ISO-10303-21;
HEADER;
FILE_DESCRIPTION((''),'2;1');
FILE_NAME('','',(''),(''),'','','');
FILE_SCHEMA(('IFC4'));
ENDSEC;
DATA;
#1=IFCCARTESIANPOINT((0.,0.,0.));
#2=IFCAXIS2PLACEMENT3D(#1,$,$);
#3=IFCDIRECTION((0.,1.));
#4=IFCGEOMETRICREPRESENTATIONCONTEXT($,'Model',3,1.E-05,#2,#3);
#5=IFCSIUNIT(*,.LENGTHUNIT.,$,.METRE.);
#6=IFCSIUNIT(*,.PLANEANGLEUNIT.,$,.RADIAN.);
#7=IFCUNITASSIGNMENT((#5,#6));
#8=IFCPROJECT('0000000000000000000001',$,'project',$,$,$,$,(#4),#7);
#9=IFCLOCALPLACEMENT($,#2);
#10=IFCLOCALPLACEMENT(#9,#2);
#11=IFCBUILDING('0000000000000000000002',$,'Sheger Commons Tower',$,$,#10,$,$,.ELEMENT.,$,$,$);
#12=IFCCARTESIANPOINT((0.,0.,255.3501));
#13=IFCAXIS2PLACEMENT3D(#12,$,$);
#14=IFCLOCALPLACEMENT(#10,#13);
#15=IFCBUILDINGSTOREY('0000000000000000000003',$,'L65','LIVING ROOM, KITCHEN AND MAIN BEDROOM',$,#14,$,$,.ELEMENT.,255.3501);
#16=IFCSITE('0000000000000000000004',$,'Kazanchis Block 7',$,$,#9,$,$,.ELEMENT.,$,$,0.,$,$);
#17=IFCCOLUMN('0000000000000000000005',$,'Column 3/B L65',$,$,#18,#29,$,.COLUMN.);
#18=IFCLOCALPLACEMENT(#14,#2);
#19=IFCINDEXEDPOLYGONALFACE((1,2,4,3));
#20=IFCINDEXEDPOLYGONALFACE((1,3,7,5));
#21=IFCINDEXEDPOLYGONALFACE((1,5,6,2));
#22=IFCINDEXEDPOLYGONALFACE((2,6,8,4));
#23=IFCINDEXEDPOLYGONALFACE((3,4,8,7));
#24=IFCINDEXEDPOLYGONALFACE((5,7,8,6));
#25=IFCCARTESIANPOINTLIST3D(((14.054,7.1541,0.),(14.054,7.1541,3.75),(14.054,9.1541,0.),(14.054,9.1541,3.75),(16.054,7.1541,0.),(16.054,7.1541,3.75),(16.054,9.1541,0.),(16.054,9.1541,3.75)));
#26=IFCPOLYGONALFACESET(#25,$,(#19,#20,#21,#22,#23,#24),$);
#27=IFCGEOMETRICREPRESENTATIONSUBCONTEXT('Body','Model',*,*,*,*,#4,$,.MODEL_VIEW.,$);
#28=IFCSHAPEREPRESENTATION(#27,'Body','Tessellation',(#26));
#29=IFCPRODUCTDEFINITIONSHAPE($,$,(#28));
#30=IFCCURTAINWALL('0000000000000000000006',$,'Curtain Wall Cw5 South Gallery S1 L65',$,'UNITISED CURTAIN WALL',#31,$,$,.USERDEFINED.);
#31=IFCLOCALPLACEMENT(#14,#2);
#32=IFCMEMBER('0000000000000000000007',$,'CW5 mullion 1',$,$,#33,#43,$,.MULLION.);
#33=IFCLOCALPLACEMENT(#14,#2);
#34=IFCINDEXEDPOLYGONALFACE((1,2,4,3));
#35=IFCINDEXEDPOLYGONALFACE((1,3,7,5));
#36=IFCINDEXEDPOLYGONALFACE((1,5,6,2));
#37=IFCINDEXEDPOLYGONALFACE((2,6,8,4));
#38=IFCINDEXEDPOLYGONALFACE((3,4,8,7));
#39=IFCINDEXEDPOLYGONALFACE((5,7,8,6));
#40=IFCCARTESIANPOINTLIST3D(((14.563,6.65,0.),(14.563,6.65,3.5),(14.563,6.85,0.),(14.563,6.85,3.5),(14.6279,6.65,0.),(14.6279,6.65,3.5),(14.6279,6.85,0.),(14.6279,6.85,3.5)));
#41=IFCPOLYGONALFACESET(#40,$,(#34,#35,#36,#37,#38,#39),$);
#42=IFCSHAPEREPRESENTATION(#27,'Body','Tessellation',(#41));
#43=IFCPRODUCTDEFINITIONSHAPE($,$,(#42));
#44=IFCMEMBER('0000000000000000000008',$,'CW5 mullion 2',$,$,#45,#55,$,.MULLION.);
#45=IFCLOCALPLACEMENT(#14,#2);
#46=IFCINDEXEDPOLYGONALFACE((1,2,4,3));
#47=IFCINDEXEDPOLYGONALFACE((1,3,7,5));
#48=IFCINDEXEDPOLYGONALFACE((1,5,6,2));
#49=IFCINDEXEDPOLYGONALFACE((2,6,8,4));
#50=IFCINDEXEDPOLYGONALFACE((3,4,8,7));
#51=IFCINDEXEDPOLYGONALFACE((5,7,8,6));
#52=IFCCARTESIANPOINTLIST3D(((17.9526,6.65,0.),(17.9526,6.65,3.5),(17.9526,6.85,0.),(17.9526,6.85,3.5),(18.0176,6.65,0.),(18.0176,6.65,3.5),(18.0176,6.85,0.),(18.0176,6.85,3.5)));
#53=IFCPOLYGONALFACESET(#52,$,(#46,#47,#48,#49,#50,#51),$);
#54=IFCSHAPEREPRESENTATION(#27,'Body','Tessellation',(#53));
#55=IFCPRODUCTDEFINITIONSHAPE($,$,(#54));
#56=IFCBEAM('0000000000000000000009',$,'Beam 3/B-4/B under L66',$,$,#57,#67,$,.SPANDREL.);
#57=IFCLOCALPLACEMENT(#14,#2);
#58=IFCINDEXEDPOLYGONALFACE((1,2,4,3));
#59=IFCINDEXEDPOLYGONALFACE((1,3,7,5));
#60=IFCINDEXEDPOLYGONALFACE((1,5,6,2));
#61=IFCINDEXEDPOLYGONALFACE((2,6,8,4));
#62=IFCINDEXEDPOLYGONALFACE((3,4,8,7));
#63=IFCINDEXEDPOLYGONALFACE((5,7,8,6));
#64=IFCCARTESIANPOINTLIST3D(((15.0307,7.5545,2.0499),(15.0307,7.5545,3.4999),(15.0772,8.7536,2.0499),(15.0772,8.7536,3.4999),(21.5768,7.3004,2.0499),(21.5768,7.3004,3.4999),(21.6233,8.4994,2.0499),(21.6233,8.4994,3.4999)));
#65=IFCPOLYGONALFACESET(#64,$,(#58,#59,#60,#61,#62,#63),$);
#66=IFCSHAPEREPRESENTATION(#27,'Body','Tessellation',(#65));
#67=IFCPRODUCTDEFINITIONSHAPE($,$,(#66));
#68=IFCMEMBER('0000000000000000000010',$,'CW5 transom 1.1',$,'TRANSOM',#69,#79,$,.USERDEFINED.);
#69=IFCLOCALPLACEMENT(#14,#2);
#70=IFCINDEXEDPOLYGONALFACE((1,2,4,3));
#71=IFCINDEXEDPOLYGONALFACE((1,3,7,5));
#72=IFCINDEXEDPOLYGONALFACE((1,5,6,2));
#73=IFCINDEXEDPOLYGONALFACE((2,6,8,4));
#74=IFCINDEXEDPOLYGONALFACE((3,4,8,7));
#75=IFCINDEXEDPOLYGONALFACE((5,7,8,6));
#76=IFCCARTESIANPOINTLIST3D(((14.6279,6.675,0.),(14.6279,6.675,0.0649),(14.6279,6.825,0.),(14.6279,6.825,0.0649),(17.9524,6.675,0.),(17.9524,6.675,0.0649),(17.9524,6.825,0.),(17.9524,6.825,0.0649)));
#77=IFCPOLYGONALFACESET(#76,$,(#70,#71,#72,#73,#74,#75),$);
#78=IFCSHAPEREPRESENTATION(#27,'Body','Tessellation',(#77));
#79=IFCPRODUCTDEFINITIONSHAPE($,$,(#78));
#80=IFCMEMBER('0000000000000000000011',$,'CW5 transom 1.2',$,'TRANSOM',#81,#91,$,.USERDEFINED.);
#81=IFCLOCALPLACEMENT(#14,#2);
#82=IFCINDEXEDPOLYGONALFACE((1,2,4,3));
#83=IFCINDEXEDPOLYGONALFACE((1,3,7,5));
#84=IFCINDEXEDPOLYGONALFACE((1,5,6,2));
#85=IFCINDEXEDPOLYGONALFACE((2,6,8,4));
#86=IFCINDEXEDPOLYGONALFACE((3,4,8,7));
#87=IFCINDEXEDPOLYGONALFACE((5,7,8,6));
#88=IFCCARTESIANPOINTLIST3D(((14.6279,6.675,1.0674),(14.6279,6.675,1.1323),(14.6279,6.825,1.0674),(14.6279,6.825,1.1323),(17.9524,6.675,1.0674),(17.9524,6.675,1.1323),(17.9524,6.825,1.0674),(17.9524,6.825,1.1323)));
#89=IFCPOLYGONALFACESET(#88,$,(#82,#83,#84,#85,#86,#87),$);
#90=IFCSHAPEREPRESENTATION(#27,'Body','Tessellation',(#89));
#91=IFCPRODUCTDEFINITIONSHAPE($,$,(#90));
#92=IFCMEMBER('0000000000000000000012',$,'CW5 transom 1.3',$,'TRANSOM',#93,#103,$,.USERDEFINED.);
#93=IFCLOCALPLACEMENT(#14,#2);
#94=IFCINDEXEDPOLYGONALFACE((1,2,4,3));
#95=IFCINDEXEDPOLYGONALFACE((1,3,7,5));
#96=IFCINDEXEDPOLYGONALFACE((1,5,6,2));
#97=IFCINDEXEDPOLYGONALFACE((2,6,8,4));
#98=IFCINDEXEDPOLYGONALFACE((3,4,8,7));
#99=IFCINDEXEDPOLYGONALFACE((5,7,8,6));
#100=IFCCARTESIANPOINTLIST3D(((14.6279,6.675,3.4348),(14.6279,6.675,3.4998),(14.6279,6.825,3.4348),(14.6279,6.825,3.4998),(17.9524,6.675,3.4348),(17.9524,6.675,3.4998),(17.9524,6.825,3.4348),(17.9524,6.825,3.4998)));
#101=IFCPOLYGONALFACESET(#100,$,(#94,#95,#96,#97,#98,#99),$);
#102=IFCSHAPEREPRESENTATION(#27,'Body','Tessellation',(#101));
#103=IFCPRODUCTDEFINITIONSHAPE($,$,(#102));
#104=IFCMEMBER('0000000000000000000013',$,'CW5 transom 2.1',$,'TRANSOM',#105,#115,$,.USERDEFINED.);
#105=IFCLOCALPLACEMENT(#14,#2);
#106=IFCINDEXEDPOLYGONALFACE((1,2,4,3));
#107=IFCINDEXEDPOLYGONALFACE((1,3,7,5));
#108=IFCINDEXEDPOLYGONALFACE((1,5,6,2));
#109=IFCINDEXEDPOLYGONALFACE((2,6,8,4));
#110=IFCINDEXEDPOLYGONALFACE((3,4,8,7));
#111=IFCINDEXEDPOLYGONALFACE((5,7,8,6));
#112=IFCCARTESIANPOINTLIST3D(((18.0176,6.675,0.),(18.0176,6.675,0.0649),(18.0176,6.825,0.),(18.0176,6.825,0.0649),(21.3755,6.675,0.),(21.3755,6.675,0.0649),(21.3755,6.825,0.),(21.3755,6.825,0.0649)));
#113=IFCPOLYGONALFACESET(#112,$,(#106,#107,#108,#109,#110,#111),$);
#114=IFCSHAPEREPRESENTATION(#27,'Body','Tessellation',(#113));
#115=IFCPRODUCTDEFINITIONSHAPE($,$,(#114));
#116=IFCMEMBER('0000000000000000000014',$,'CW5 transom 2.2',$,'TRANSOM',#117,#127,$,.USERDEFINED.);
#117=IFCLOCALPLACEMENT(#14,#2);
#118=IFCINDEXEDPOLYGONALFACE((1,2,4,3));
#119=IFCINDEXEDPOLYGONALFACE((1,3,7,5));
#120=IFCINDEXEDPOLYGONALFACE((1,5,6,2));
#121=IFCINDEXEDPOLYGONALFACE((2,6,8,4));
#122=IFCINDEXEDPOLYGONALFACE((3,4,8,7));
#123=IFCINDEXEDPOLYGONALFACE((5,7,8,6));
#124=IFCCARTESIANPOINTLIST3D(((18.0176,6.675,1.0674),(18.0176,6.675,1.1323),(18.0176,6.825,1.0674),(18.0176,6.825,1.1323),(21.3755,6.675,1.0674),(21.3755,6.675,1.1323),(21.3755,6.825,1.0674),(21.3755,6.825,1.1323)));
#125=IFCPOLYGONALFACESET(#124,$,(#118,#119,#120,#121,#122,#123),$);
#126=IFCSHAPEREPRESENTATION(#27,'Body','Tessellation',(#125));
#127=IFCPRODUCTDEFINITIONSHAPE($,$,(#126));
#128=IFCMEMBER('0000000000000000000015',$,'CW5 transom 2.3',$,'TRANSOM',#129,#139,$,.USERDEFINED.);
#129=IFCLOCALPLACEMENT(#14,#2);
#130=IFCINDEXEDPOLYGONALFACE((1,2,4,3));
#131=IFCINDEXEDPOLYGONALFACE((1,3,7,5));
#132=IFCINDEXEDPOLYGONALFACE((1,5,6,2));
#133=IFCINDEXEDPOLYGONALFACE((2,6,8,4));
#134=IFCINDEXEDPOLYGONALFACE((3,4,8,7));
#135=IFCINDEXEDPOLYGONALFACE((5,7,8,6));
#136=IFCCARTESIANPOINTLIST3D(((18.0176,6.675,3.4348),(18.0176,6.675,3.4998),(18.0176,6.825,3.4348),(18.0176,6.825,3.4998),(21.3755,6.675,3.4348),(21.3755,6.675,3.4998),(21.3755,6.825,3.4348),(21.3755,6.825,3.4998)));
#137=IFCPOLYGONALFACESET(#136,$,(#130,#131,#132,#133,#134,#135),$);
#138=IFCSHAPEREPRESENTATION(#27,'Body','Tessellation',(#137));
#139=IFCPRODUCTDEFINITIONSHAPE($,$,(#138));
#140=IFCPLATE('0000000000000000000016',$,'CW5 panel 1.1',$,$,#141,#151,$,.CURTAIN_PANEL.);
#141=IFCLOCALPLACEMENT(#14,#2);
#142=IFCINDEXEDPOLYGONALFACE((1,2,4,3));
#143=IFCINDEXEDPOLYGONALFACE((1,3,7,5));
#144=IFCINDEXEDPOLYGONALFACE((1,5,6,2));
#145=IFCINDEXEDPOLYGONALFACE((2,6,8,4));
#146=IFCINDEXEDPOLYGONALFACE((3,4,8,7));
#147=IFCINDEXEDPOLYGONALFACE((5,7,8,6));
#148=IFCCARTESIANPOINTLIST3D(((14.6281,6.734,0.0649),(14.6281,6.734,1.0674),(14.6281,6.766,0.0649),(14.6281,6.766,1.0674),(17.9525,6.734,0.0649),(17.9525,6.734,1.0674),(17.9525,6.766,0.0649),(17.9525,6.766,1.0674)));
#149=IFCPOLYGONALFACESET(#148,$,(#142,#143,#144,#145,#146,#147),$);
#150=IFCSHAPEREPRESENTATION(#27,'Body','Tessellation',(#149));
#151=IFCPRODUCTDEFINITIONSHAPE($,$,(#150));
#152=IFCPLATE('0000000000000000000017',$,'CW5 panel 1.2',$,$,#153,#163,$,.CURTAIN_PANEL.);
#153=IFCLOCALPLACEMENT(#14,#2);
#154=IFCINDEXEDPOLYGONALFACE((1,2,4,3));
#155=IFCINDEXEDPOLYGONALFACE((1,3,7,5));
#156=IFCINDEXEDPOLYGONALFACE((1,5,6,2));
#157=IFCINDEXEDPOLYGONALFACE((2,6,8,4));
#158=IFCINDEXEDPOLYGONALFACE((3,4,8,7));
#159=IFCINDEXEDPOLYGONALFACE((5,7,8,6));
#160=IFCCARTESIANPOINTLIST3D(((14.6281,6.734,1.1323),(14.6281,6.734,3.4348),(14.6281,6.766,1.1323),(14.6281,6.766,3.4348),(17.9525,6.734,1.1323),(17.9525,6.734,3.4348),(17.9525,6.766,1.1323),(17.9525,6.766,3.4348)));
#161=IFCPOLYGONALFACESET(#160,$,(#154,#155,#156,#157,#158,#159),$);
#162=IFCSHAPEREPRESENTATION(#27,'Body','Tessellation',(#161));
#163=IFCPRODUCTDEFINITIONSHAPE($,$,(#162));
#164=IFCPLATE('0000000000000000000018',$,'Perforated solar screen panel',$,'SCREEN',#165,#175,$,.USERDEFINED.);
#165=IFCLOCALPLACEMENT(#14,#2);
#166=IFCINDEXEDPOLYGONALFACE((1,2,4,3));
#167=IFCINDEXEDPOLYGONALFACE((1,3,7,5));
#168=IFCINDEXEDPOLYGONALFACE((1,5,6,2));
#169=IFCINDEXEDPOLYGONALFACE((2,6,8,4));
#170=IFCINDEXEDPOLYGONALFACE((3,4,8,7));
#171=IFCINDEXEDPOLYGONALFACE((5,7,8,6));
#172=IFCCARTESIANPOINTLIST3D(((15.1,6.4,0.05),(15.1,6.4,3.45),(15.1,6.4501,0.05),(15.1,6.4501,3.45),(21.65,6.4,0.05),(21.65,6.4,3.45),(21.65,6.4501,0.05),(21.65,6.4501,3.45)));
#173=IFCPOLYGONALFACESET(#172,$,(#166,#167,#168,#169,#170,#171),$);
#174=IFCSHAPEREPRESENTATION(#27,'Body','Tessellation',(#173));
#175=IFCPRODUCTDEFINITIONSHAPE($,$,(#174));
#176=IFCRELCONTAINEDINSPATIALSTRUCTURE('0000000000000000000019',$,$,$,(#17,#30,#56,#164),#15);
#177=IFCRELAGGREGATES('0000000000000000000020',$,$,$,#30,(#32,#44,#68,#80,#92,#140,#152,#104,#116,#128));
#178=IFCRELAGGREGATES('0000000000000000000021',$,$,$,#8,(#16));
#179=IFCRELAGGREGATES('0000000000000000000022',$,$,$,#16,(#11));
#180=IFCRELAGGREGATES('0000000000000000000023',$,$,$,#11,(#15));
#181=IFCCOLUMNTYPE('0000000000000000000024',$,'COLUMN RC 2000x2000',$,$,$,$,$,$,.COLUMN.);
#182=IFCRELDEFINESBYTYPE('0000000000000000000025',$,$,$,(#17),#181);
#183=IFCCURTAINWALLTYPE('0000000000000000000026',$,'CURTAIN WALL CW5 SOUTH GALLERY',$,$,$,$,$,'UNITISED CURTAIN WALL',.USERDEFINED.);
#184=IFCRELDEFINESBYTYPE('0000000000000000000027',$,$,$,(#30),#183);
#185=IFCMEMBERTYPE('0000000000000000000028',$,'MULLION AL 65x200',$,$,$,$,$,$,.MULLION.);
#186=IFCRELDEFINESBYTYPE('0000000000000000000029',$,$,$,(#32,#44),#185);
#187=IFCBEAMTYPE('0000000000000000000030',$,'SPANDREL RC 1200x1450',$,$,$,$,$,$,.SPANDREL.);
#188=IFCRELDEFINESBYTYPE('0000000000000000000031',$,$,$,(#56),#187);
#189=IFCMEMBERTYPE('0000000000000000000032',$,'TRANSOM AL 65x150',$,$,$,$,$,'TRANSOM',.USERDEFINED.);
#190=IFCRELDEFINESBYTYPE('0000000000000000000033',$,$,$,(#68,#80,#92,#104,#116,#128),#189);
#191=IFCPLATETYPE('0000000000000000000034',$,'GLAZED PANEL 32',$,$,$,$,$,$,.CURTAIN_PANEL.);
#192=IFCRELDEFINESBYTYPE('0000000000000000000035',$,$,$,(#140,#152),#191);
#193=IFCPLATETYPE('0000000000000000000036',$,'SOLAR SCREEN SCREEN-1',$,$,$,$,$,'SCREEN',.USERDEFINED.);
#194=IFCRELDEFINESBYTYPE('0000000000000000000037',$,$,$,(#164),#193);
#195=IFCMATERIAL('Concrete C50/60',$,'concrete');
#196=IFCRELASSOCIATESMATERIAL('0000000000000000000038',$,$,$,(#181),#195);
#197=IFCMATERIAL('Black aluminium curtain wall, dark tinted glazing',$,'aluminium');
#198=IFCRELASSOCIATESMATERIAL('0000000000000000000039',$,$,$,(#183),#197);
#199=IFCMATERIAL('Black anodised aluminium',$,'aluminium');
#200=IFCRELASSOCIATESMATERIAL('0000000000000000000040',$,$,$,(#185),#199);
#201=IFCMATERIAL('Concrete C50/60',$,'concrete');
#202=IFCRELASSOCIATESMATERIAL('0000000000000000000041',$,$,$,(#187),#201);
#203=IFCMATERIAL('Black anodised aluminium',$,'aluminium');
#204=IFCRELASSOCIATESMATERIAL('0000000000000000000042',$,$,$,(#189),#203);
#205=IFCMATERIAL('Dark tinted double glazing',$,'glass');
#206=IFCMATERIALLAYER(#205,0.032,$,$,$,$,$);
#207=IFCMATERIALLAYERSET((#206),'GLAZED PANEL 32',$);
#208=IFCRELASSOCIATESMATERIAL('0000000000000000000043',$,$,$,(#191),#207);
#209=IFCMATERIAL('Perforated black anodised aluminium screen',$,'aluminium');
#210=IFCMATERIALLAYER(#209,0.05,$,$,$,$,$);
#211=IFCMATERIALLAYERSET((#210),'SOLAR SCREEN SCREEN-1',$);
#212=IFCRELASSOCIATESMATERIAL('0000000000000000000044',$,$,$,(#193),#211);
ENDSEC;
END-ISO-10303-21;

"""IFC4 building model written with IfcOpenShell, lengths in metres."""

from ifc_helpers import new_model, si_unit, direction, frame, origin, origin_2d, place, context, subcontext, project, spatial, rectangle, extrude, material, layer, layer_set, material_profile, profile_set, type_object, element, aggregate, save


model = new_model("IFC4")

# Units and contexts
model_context = context("Model", 3, precision=1e-05, world=origin(), true_north=direction((0.0, 1.0)))
body_context = subcontext(model_context, "Body", "Model", "MODEL_VIEW")
ifc_project = project(units=[si_unit("LENGTHUNIT", "METRE"), si_unit("PLANEANGLEUNIT", "RADIAN")], contexts=[model_context])

# Site, building, storey
site_placement = place(None, origin())
site = spatial("IfcSite", under=ifc_project, at=site_placement, Name="Kazanchis Block 7", CompositionType="ELEMENT", RefElevation=0.0)
building_placement = place(site_placement, origin())
building = spatial("IfcBuilding", under=site, at=building_placement, Name="Sheger Commons Tower", CompositionType="ELEMENT")
storey_placement = place(building_placement, frame((0.0, 0.0, 255.3501)))
storey = spatial("IfcBuildingStorey", under=building, at=storey_placement, Name="L65", Description="LIVING ROOM, KITCHEN AND MAIN BEDROOM", CompositionType="ELEMENT", Elevation=255.3501)

# Column
ifc_material_1 = material(Name="Concrete C50/60", Category="concrete")
ifc_material_profile_1 = material_profile(ifc_material_1, rectangle(XDim=2.0, YDim=2.0, at=origin_2d()), Name="RC 2000x2000")
ifc_profile_set_1 = profile_set([ifc_material_profile_1], Name="Concrete C50/60")
column_type = type_object("IfcColumnType", Name="COLUMN RC 2000x2000", PredefinedType="COLUMN", material=ifc_profile_set_1)
column_placement = place(storey_placement, frame((15.054, 8.1541, 0.0), z_axis=(0.0, 0.0, 1.0), x_axis=(1.0, 0.0, 0.0)))
element("IfcColumn", 1, at=column_placement, inside=storey, type_object=column_type, Name="Column 3/B L65", PredefinedType="COLUMN", context=body_context, shape_type="SweptSolid", body=[
    extrude(rectangle(XDim=2.0, YDim=2.0, at=origin_2d()), origin(), (0.0, 0.0, 1.0), 3.75),
])

# Curtain wall, members
ifc_material_2 = material(Name="Black aluminium curtain wall, dark tinted glazing", Category="aluminium")
curtain_wall_type = type_object("IfcCurtainWallType", Name="CURTAIN WALL CW5 SOUTH GALLERY", ElementType="UNITISED CURTAIN WALL", PredefinedType="USERDEFINED", material=ifc_material_2)
curtain_wall_placement = place(storey_placement, origin())
curtain_wall = element("IfcCurtainWall", 2, at=curtain_wall_placement, inside=storey, type_object=curtain_wall_type, Name="Curtain Wall Cw5 South Gallery S1 L65", ObjectType="UNITISED CURTAIN WALL", PredefinedType="USERDEFINED")
ifc_material_3 = material(Name="Black anodised aluminium", Category="aluminium")
ifc_material_profile_2 = material_profile(ifc_material_3, rectangle(XDim=0.2, YDim=0.0649, at=origin_2d()), Name="AL 65x200")
ifc_profile_set_2 = profile_set([ifc_material_profile_2], Name="Black anodised aluminium")
member_type_1 = type_object("IfcMemberType", Name="MULLION AL 65x200", PredefinedType="MULLION", material=ifc_profile_set_2)
member_1_placement = place(storey_placement, frame((14.5955, 6.75, 0.0), z_axis=(0.0, 0.0, 1.0), x_axis=(0.0, 1.0, 0.0)))
member_1 = element("IfcMember", 3, at=member_1_placement, type_object=member_type_1, Name="CW5 mullion 1", PredefinedType="MULLION", context=body_context, shape_type="SweptSolid", body=[
    extrude(rectangle(XDim=0.2, YDim=0.0649, at=origin_2d()), origin(), (0.0, 0.0, 1.0), 3.5),
])
member_2_placement = place(storey_placement, frame((17.9851, 6.75, 0.0), z_axis=(0.0, 0.0, 1.0), x_axis=(0.0, 1.0, 0.0)))
member_2 = element("IfcMember", 4, at=member_2_placement, type_object=member_type_1, Name="CW5 mullion 2", PredefinedType="MULLION", context=body_context, shape_type="SweptSolid", body=[
    extrude(rectangle(XDim=0.2, YDim=0.0649, at=origin_2d()), origin(), (0.0, 0.0, 1.0), 3.5),
])

# Beam
ifc_material_4 = material(Name="Concrete C50/60", Category="concrete")
ifc_material_profile_3 = material_profile(ifc_material_4, rectangle(XDim=1.2, YDim=1.45, at=origin_2d()), Name="RC 1200x1450")
ifc_profile_set_3 = profile_set([ifc_material_profile_3], Name="Concrete C50/60")
beam_type = type_object("IfcBeamType", Name="SPANDREL RC 1200x1450", PredefinedType="SPANDREL", material=ifc_profile_set_3)
beam_placement = place(storey_placement, frame((15.054, 8.1541, 2.7749), z_axis=(0.999247, -0.038795, 0.0), x_axis=(0.038795, 0.999247, 0.0)))
element("IfcBeam", 5, at=beam_placement, inside=storey, type_object=beam_type, Name="Beam 3/B-4/B under L66", PredefinedType="SPANDREL", context=body_context, shape_type="SweptSolid", body=[
    extrude(rectangle(XDim=1.2, YDim=1.45, at=origin_2d()), origin(), (0.0, 0.0, 1.0), 6.551),
])

# Members
ifc_material_5 = material(Name="Black anodised aluminium", Category="aluminium")
ifc_material_profile_4 = material_profile(ifc_material_5, rectangle(XDim=0.1499, YDim=0.0649, at=origin_2d()), Name="AL 65x150")
ifc_profile_set_4 = profile_set([ifc_material_profile_4], Name="Black anodised aluminium")
member_type_2 = type_object("IfcMemberType", Name="TRANSOM AL 65x150", ElementType="TRANSOM", PredefinedType="USERDEFINED", material=ifc_profile_set_4)
member_3_placement = place(storey_placement, frame((14.6279, 6.75, 0.0325), z_axis=(1.0, 0.0, 0.0), x_axis=(0.0, 1.0, 0.0)))
member_3 = element("IfcMember", 6, at=member_3_placement, type_object=member_type_2, Name="CW5 transom 1.1", ObjectType="TRANSOM", PredefinedType="USERDEFINED", context=body_context, shape_type="SweptSolid", body=[
    extrude(rectangle(XDim=0.1499, YDim=0.0649, at=origin_2d()), origin(), (0.0, 0.0, 1.0), 3.3245),
])
member_4_placement = place(storey_placement, frame((14.6279, 6.75, 1.0999), z_axis=(1.0, 0.0, 0.0), x_axis=(0.0, 1.0, 0.0)))
member_4 = element("IfcMember", 7, at=member_4_placement, type_object=member_type_2, Name="CW5 transom 1.2", ObjectType="TRANSOM", PredefinedType="USERDEFINED", context=body_context, shape_type="SweptSolid", body=[
    extrude(rectangle(XDim=0.1499, YDim=0.0649, at=origin_2d()), origin(), (0.0, 0.0, 1.0), 3.3245),
])
member_5_placement = place(storey_placement, frame((14.6279, 6.75, 3.4673), z_axis=(1.0, 0.0, 0.0), x_axis=(0.0, 1.0, 0.0)))
member_5 = element("IfcMember", 8, at=member_5_placement, type_object=member_type_2, Name="CW5 transom 1.3", ObjectType="TRANSOM", PredefinedType="USERDEFINED", context=body_context, shape_type="SweptSolid", body=[
    extrude(rectangle(XDim=0.1499, YDim=0.0649, at=origin_2d()), origin(), (0.0, 0.0, 1.0), 3.3245),
])
member_6_placement = place(storey_placement, frame((18.0176, 6.75, 0.0325), z_axis=(1.0, 0.0, 0.0), x_axis=(0.0, 1.0, 0.0)))
member_6 = element("IfcMember", 9, at=member_6_placement, type_object=member_type_2, Name="CW5 transom 2.1", ObjectType="TRANSOM", PredefinedType="USERDEFINED", context=body_context, shape_type="SweptSolid", body=[
    extrude(rectangle(XDim=0.1499, YDim=0.0649, at=origin_2d()), origin(), (0.0, 0.0, 1.0), 3.3579),
])
member_7_placement = place(storey_placement, frame((18.0176, 6.75, 1.0999), z_axis=(1.0, 0.0, 0.0), x_axis=(0.0, 1.0, 0.0)))
member_7 = element("IfcMember", 10, at=member_7_placement, type_object=member_type_2, Name="CW5 transom 2.2", ObjectType="TRANSOM", PredefinedType="USERDEFINED", context=body_context, shape_type="SweptSolid", body=[
    extrude(rectangle(XDim=0.1499, YDim=0.0649, at=origin_2d()), origin(), (0.0, 0.0, 1.0), 3.3579),
])
member_8_placement = place(storey_placement, frame((18.0176, 6.75, 3.4673), z_axis=(1.0, 0.0, 0.0), x_axis=(0.0, 1.0, 0.0)))
member_8 = element("IfcMember", 11, at=member_8_placement, type_object=member_type_2, Name="CW5 transom 2.3", ObjectType="TRANSOM", PredefinedType="USERDEFINED", context=body_context, shape_type="SweptSolid", body=[
    extrude(rectangle(XDim=0.1499, YDim=0.0649, at=origin_2d()), origin(), (0.0, 0.0, 1.0), 3.3579),
])

# Plates
ifc_material_6 = material(Name="Dark tinted double glazing", Category="glass")
ifc_layer_1 = layer(ifc_material_6, 0.032)
ifc_layer_set_1 = layer_set([ifc_layer_1], Name="GLAZED PANEL 32")
plate_type_1 = type_object("IfcPlateType", Name="GLAZED PANEL 32", PredefinedType="CURTAIN_PANEL", material=ifc_layer_set_1)
plate_1_placement = place(storey_placement, frame((16.2903, 6.75, 0.0649), z_axis=(0.0, 0.0, 1.0), x_axis=(1.0, 0.0, 0.0)))
plate_1 = element("IfcPlate", 12, at=plate_1_placement, type_object=plate_type_1, Name="CW5 panel 1.1", PredefinedType="CURTAIN_PANEL", context=body_context, shape_type="SweptSolid", body=[
    extrude(rectangle(XDim=3.3245, YDim=0.032, at=origin_2d()), origin(), (0.0, 0.0, 1.0), 1.0024),
])
plate_2_placement = place(storey_placement, frame((16.2903, 6.75, 1.1323), z_axis=(0.0, 0.0, 1.0), x_axis=(1.0, 0.0, 0.0)))
plate_2 = element("IfcPlate", 13, at=plate_2_placement, type_object=plate_type_1, Name="CW5 panel 1.2", PredefinedType="CURTAIN_PANEL", context=body_context, shape_type="SweptSolid", body=[
    extrude(rectangle(XDim=3.3245, YDim=0.032, at=origin_2d()), origin(), (0.0, 0.0, 1.0), 2.3025),
])
aggregate(curtain_wall, [member_1, member_2, member_3, member_4, member_5, plate_1, plate_2, member_6, member_7, member_8])
ifc_material_7 = material(Name="Perforated black anodised aluminium screen", Category="aluminium")
ifc_layer_2 = layer(ifc_material_7, 0.05)
ifc_layer_set_2 = layer_set([ifc_layer_2], Name="SOLAR SCREEN SCREEN-1")
plate_type_2 = type_object("IfcPlateType", Name="SOLAR SCREEN SCREEN-1", ElementType="SCREEN", PredefinedType="USERDEFINED", material=ifc_layer_set_2)
plate_3_placement = place(storey_placement, frame((18.375, 6.425, 0.05), z_axis=(0.0, 0.0, 1.0), x_axis=(1.0, 0.0, 0.0)))
element("IfcPlate", 14, at=plate_3_placement, inside=storey, type_object=plate_type_2, Name="Perforated solar screen panel", ObjectType="SCREEN", PredefinedType="USERDEFINED", context=body_context, shape_type="SweptSolid", body=[
    extrude(rectangle(XDim=6.55, YDim=0.05, at=origin_2d()), origin(), (0.0, 0.0, 1.0), 3.3999),
])

save(model, "model.ifc")
